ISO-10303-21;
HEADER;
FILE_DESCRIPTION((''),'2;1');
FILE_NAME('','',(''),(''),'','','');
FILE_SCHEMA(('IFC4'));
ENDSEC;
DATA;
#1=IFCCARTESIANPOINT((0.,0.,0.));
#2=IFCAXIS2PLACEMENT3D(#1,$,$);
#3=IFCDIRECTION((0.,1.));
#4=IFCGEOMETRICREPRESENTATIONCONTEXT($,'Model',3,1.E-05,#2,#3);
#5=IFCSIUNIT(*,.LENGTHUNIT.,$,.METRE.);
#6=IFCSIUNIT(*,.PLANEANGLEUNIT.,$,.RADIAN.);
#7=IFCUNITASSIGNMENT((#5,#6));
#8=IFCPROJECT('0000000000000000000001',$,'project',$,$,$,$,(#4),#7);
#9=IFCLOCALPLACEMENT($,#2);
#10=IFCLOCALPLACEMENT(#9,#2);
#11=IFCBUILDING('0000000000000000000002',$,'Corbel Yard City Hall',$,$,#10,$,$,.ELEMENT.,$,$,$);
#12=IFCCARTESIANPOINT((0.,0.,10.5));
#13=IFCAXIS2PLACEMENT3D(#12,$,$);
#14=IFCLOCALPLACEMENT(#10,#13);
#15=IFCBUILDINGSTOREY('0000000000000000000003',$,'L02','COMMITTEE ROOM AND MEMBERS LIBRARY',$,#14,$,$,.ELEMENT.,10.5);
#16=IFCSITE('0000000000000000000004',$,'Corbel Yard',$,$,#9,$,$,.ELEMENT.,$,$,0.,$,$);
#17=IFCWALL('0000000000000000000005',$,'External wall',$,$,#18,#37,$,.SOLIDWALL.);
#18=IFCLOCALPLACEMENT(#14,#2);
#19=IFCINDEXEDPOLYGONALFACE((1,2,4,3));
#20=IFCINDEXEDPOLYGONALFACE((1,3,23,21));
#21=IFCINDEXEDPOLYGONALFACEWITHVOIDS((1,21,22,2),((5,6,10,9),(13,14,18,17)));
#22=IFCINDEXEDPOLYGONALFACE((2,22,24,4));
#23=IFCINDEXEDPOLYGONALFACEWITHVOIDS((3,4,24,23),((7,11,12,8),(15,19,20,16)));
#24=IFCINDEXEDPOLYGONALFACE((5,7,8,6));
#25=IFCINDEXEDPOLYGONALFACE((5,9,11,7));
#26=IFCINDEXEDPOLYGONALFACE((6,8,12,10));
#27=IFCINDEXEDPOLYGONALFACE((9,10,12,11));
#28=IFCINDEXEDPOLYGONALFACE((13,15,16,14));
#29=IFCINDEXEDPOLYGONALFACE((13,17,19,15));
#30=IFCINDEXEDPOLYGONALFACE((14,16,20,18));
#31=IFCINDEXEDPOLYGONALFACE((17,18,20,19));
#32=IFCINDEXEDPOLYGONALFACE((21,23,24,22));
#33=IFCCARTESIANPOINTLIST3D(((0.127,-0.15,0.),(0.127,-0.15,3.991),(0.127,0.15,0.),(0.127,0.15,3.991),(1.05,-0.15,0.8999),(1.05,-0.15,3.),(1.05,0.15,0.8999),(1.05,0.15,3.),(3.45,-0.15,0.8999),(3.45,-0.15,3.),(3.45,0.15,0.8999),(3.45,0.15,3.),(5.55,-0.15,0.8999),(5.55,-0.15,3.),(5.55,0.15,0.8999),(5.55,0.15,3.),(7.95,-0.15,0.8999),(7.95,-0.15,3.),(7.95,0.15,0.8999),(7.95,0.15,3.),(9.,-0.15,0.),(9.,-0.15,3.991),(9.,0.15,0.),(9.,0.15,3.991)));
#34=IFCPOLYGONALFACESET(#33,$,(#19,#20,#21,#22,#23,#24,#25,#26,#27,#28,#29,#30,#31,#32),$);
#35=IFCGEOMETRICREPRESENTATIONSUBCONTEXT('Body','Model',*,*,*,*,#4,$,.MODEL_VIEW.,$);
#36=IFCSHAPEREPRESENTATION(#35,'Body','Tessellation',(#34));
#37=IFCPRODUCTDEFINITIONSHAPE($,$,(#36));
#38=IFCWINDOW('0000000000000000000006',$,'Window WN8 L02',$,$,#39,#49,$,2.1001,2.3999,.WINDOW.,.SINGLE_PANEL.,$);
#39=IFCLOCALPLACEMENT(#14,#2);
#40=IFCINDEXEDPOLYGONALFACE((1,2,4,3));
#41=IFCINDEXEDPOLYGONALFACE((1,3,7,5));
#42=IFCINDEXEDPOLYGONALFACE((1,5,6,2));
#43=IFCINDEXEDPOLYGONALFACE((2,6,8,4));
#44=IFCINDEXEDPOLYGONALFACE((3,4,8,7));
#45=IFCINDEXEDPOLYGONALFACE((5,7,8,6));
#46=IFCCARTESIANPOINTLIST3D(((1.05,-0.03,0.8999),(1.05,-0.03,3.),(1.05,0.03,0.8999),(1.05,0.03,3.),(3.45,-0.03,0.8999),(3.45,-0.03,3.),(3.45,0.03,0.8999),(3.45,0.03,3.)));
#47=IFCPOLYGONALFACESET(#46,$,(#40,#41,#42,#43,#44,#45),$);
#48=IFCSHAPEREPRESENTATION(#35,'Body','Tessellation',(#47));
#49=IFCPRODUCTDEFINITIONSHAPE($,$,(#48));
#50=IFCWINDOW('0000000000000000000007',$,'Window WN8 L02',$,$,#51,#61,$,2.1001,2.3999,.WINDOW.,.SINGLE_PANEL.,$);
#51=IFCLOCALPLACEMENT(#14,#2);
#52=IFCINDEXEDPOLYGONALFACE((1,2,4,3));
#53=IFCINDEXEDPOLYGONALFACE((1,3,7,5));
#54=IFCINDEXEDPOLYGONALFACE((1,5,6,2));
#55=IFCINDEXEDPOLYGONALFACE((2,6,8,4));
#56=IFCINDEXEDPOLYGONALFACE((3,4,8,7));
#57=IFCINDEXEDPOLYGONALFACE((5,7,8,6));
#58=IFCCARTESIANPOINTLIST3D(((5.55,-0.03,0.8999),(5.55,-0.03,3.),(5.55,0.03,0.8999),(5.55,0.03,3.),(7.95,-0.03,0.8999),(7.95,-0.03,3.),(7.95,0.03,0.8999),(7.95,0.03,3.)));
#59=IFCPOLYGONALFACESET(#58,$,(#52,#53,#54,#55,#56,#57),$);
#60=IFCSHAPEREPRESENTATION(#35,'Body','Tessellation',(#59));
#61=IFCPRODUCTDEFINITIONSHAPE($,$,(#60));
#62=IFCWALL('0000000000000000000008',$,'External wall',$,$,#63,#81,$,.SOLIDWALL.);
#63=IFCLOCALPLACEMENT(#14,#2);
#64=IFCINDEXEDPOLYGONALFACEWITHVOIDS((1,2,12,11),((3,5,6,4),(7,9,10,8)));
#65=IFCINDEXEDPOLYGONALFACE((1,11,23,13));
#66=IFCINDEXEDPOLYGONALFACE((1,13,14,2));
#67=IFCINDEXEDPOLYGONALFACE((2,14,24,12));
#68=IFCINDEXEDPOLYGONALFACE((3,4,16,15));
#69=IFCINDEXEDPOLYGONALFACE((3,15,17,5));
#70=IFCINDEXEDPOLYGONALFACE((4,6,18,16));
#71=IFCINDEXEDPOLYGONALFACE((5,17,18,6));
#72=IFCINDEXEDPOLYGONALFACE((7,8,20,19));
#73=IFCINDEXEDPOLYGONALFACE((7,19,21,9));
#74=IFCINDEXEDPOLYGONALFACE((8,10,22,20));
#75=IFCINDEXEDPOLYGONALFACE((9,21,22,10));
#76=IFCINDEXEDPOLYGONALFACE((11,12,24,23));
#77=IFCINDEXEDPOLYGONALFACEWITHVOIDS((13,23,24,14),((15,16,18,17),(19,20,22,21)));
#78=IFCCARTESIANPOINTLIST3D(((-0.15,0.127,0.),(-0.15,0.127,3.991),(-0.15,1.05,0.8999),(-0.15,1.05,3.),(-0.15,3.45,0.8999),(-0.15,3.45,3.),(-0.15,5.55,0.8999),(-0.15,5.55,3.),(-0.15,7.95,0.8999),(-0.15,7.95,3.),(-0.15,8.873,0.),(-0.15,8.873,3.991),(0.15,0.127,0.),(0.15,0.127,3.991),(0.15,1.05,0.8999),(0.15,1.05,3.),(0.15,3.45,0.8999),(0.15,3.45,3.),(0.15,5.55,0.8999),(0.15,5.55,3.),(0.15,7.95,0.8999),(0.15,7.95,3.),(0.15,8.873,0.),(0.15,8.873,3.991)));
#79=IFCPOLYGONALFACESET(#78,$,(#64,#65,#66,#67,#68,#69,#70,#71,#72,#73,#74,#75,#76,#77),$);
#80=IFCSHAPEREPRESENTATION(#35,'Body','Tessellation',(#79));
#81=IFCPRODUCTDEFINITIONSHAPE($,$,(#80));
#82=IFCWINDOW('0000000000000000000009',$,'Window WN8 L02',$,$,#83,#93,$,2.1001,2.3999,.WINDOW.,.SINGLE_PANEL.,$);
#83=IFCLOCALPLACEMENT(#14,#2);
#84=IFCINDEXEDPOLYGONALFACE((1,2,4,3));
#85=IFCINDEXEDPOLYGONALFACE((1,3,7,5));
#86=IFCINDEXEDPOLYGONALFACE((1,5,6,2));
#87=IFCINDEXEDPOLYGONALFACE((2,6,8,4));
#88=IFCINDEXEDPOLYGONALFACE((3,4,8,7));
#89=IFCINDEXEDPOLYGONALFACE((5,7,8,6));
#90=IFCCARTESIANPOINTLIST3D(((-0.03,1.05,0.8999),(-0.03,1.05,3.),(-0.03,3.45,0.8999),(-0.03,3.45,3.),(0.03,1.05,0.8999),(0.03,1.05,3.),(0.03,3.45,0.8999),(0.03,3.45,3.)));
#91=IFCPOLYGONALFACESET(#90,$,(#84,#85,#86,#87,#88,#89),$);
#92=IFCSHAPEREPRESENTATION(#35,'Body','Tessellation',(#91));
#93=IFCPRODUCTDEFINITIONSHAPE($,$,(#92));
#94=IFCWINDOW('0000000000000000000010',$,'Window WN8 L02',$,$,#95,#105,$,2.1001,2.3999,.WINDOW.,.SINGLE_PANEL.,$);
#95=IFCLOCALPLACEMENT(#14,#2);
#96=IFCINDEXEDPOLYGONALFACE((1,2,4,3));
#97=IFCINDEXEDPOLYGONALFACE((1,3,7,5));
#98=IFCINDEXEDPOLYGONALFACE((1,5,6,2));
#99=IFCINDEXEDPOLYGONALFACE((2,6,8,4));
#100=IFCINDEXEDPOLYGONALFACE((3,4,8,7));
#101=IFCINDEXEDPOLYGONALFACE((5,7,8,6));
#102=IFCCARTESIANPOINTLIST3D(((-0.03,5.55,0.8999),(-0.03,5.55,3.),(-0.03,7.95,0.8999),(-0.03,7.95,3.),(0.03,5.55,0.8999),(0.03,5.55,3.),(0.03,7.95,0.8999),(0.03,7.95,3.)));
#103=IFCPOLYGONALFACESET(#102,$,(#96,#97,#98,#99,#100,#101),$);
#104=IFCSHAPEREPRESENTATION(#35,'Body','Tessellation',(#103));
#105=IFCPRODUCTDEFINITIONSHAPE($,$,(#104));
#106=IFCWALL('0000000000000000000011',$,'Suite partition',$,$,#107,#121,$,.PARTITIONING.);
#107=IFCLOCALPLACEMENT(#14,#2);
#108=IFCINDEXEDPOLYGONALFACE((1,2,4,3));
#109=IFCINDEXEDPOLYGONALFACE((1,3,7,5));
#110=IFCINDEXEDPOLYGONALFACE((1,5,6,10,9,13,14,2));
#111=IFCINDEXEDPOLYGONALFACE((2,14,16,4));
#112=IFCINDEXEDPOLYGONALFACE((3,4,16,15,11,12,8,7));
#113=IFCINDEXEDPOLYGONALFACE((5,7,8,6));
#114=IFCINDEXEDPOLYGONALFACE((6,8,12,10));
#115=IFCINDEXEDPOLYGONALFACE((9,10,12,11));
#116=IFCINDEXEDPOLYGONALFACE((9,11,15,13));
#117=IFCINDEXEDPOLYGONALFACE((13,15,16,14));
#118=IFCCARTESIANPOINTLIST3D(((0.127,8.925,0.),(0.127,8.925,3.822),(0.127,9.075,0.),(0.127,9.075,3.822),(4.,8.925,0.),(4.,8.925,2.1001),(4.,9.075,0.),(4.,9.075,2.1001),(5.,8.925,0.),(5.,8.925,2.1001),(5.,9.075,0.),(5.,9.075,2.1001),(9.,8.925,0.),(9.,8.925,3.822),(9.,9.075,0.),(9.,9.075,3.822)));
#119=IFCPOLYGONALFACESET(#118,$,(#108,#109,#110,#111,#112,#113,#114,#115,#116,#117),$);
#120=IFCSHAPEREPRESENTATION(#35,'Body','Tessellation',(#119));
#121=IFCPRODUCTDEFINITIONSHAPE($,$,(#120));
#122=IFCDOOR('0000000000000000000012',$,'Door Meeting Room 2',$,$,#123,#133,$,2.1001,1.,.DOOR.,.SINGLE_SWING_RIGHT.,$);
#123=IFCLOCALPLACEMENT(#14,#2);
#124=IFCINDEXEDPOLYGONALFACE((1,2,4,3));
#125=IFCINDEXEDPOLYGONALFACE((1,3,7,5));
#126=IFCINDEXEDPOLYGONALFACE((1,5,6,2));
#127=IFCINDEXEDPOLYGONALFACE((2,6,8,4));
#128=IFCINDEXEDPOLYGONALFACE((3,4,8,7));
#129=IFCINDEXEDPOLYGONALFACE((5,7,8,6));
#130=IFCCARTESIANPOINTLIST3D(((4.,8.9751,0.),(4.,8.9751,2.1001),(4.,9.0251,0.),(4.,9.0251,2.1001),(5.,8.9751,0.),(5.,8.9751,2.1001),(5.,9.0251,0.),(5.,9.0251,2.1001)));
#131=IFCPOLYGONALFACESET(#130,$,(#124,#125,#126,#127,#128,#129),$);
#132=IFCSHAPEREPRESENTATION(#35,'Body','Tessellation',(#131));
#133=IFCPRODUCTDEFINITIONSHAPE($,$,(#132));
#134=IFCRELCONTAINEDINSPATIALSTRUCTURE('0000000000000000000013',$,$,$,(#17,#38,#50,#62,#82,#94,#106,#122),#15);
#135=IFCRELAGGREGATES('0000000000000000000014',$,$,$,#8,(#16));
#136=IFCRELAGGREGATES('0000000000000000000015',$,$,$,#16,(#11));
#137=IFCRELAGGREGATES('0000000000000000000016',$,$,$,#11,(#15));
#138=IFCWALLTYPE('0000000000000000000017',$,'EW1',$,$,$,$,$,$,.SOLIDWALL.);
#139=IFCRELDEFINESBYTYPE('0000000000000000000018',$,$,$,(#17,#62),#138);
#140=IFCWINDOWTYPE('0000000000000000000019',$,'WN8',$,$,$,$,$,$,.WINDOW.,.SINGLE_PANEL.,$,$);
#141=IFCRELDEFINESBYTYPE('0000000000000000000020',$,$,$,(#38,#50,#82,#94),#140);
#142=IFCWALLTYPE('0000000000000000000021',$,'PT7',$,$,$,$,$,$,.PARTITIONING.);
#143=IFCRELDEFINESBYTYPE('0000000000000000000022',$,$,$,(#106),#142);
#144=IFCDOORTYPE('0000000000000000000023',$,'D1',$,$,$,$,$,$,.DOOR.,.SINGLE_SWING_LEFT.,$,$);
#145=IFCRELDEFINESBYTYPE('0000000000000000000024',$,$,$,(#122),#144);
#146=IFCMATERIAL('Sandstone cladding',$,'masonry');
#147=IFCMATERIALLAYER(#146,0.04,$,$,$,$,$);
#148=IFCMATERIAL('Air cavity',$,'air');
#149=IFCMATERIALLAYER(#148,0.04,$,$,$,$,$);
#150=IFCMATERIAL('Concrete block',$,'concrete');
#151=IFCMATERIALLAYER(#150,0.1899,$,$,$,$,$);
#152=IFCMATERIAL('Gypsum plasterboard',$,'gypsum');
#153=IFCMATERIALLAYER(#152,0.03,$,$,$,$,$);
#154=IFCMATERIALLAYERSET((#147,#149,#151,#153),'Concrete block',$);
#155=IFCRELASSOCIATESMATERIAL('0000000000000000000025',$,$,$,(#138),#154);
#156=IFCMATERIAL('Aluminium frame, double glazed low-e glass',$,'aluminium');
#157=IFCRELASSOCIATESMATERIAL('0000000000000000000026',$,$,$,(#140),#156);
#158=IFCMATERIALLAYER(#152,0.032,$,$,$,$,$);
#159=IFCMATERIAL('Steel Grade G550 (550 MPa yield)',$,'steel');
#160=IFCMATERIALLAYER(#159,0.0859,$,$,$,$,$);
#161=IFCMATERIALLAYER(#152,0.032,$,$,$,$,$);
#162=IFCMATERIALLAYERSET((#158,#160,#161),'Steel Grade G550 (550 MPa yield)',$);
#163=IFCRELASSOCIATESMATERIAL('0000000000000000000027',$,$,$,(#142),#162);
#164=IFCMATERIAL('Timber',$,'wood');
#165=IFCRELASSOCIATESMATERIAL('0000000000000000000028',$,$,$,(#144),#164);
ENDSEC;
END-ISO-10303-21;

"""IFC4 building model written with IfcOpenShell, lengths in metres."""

from ifc_helpers import new_model, si_unit, direction, frame, frame_2d, origin, place, context, subcontext, project, spatial, rectangle, extrude, material, layer, layer_set, type_object, element, fill, save


model = new_model("IFC4")

# Units and contexts
model_context = context("Model", 3, precision=1e-05, world=origin(), true_north=direction((0.0, 1.0)))
body_context = subcontext(model_context, "Body", "Model", "MODEL_VIEW")
ifc_project = project(units=[si_unit("LENGTHUNIT", "METRE"), si_unit("PLANEANGLEUNIT", "RADIAN")], contexts=[model_context])

# Site, building, storey
site_placement = place(None, origin())
site = spatial("IfcSite", under=ifc_project, at=site_placement, Name="Corbel Yard", CompositionType="ELEMENT", RefElevation=0.0)
building_placement = place(site_placement, origin())
building = spatial("IfcBuilding", under=site, at=building_placement, Name="Corbel Yard City Hall", CompositionType="ELEMENT")
storey_placement = place(building_placement, frame((0.0, 0.0, 10.5)))
storey = spatial("IfcBuildingStorey", under=building, at=storey_placement, Name="L02", Description="COMMITTEE ROOM AND MEMBERS LIBRARY", CompositionType="ELEMENT", Elevation=10.5)

# Walls, openings, windows
ifc_material_1 = material(Name="Sandstone cladding", Category="masonry")
ifc_layer_1 = layer(ifc_material_1, 0.04)
ifc_material_2 = material(Name="Air cavity", Category="air")
ifc_layer_2 = layer(ifc_material_2, 0.04)
ifc_material_3 = material(Name="Concrete block", Category="concrete")
ifc_layer_3 = layer(ifc_material_3, 0.1899)
ifc_material_4 = material(Name="Gypsum plasterboard", Category="gypsum")
ifc_layer_4 = layer(ifc_material_4, 0.03)
ifc_layer_set_1 = layer_set([ifc_layer_1, ifc_layer_2, ifc_layer_3, ifc_layer_4], Name="Concrete block")
wall_type_1 = type_object("IfcWallType", Name="EW1", PredefinedType="SOLIDWALL", material=ifc_layer_set_1)
wall_1_placement = place(storey_placement, frame((0.127, 0.0, 0.0), z_axis=(0.0, 0.0, 1.0), x_axis=(1.0, 0.0, 0.0)))
wall_1 = element("IfcWall", 1, at=wall_1_placement, inside=storey, type_object=wall_type_1, Name="External wall", PredefinedType="SOLIDWALL", context=body_context, shape_type="SweptSolid", body=[
    extrude(rectangle(XDim=8.873, YDim=0.3, at=frame_2d((4.4365, 0.0))), origin(), (0.0, 0.0, 1.0), 3.991),
])
opening_1_placement = place(wall_1_placement, frame((0.9231, 0.0, 0.8999)))
opening_1 = element("IfcOpeningElement", 2, at=opening_1_placement, cuts=wall_1, PredefinedType="OPENING", context=body_context, shape_type="SweptSolid", body=[
    extrude(rectangle(XDim=2.3999, YDim=2.1001, at=frame_2d((1.2, 1.05))), frame((0.0, 0.1599, 0.0), z_axis=(0.0, -1.0, 0.0), x_axis=(1.0, 0.0, 0.0)), (0.0, 0.0, 1.0), 0.3201),
])
opening_2_placement = place(wall_1_placement, frame((5.4231, 0.0, 0.8999)))
opening_2 = element("IfcOpeningElement", 3, at=opening_2_placement, cuts=wall_1, PredefinedType="OPENING", context=body_context, shape_type="SweptSolid", body=[
    extrude(rectangle(XDim=2.3999, YDim=2.1001, at=frame_2d((1.2, 1.05))), frame((0.0, 0.1599, 0.0), z_axis=(0.0, -1.0, 0.0), x_axis=(1.0, 0.0, 0.0)), (0.0, 0.0, 1.0), 0.3201),
])
ifc_material_5 = material(Name="Aluminium frame, double glazed low-e glass", Category="aluminium")
window_type = type_object("IfcWindowType", Name="WN8", PartitioningType="SINGLE_PANEL", PredefinedType="WINDOW", material=ifc_material_5)
window_1_placement = place(opening_1_placement, origin())
window_1 = element("IfcWindow", 4, at=window_1_placement, inside=storey, type_object=window_type, Name="Window WN8 L02", OverallHeight=2.1001, OverallWidth=2.3999, PartitioningType="SINGLE_PANEL", PredefinedType="WINDOW", context=body_context, shape_type="SweptSolid", body=[
    extrude(rectangle(XDim=2.3999, YDim=2.1001, at=frame_2d((1.2, 1.05))), frame((0.0, 0.03, 0.0), z_axis=(0.0, -1.0, 0.0), x_axis=(1.0, 0.0, 0.0)), (0.0, 0.0, 1.0), 0.0601),
])
fill(opening_1, window_1)
window_2_placement = place(opening_2_placement, origin())
window_2 = element("IfcWindow", 5, at=window_2_placement, inside=storey, type_object=window_type, Name="Window WN8 L02", OverallHeight=2.1001, OverallWidth=2.3999, PartitioningType="SINGLE_PANEL", PredefinedType="WINDOW", context=body_context, shape_type="SweptSolid", body=[
    extrude(rectangle(XDim=2.3999, YDim=2.1001, at=frame_2d((1.2, 1.05))), frame((0.0, 0.03, 0.0), z_axis=(0.0, -1.0, 0.0), x_axis=(1.0, 0.0, 0.0)), (0.0, 0.0, 1.0), 0.0601),
])
fill(opening_2, window_2)
wall_2_placement = place(storey_placement, frame((0.0, 0.127, 0.0), z_axis=(0.0, 0.0, 1.0), x_axis=(0.0, 1.0, 0.0)))
wall_2 = element("IfcWall", 6, at=wall_2_placement, inside=storey, type_object=wall_type_1, Name="External wall", PredefinedType="SOLIDWALL", context=body_context, shape_type="SweptSolid", body=[
    extrude(rectangle(XDim=8.7461, YDim=0.3, at=frame_2d((4.373, 0.0))), origin(), (0.0, 0.0, 1.0), 3.991),
])
opening_3_placement = place(wall_2_placement, frame((0.9231, 0.0, 0.8999)))
opening_3 = element("IfcOpeningElement", 7, at=opening_3_placement, cuts=wall_2, PredefinedType="OPENING", context=body_context, shape_type="SweptSolid", body=[
    extrude(rectangle(XDim=2.3999, YDim=2.1001, at=frame_2d((1.2, 1.05))), frame((0.0, 0.1599, 0.0), z_axis=(0.0, -1.0, 0.0), x_axis=(1.0, 0.0, 0.0)), (0.0, 0.0, 1.0), 0.3201),
])
opening_4_placement = place(wall_2_placement, frame((5.4231, 0.0, 0.8999)))
opening_4 = element("IfcOpeningElement", 8, at=opening_4_placement, cuts=wall_2, PredefinedType="OPENING", context=body_context, shape_type="SweptSolid", body=[
    extrude(rectangle(XDim=2.3999, YDim=2.1001, at=frame_2d((1.2, 1.05))), frame((0.0, 0.1599, 0.0), z_axis=(0.0, -1.0, 0.0), x_axis=(1.0, 0.0, 0.0)), (0.0, 0.0, 1.0), 0.3201),
])
window_3_placement = place(opening_3_placement, origin())
window_3 = element("IfcWindow", 9, at=window_3_placement, inside=storey, type_object=window_type, Name="Window WN8 L02", OverallHeight=2.1001, OverallWidth=2.3999, PartitioningType="SINGLE_PANEL", PredefinedType="WINDOW", context=body_context, shape_type="SweptSolid", body=[
    extrude(rectangle(XDim=2.3999, YDim=2.1001, at=frame_2d((1.2, 1.05))), frame((0.0, 0.03, 0.0), z_axis=(0.0, -1.0, 0.0), x_axis=(1.0, 0.0, 0.0)), (0.0, 0.0, 1.0), 0.0601),
])
fill(opening_3, window_3)
window_4_placement = place(opening_4_placement, origin())
window_4 = element("IfcWindow", 10, at=window_4_placement, inside=storey, type_object=window_type, Name="Window WN8 L02", OverallHeight=2.1001, OverallWidth=2.3999, PartitioningType="SINGLE_PANEL", PredefinedType="WINDOW", context=body_context, shape_type="SweptSolid", body=[
    extrude(rectangle(XDim=2.3999, YDim=2.1001, at=frame_2d((1.2, 1.05))), frame((0.0, 0.03, 0.0), z_axis=(0.0, -1.0, 0.0), x_axis=(1.0, 0.0, 0.0)), (0.0, 0.0, 1.0), 0.0601),
])
fill(opening_4, window_4)

# Wall, opening, door
ifc_layer_5 = layer(ifc_material_4, 0.032)
ifc_material_6 = material(Name="Steel Grade G550 (550 MPa yield)", Category="steel")
ifc_layer_6 = layer(ifc_material_6, 0.0859)
ifc_layer_7 = layer(ifc_material_4, 0.032)
ifc_layer_set_2 = layer_set([ifc_layer_5, ifc_layer_6, ifc_layer_7], Name="Steel Grade G550 (550 MPa yield)")
wall_type_2 = type_object("IfcWallType", Name="PT7", PredefinedType="PARTITIONING", material=ifc_layer_set_2)
wall_3_placement = place(storey_placement, frame((0.127, 9.0, 0.0), z_axis=(0.0, 0.0, 1.0), x_axis=(1.0, 0.0, 0.0)))
wall_3 = element("IfcWall", 11, at=wall_3_placement, inside=storey, type_object=wall_type_2, Name="Suite partition", PredefinedType="PARTITIONING", context=body_context, shape_type="SweptSolid", body=[
    extrude(rectangle(XDim=8.873, YDim=0.1499, at=frame_2d((4.4365, 0.0))), origin(), (0.0, 0.0, 1.0), 3.822),
])
opening_5_placement = place(wall_3_placement, frame((3.873, 0.0, 0.0)))
opening_5 = element("IfcOpeningElement", 12, at=opening_5_placement, cuts=wall_3, PredefinedType="OPENING", context=body_context, shape_type="SweptSolid", body=[
    extrude(rectangle(XDim=1.0, YDim=2.1001, at=frame_2d((0.5, 1.05))), frame((0.0, 0.085, 0.0), z_axis=(0.0, -1.0, 0.0), x_axis=(1.0, 0.0, 0.0)), (0.0, 0.0, 1.0), 0.1699),
])
ifc_material_7 = material(Name="Timber", Category="wood")
door_type = type_object("IfcDoorType", Name="D1", OperationType="SINGLE_SWING_LEFT", PredefinedType="DOOR", material=ifc_material_7)
door_placement = place(opening_5_placement, frame((1.0, 0.0, 0.0), z_axis=(0.0, 0.0, 1.0), x_axis=(-1.0, 0.0, 0.0)))
door = element("IfcDoor", 13, at=door_placement, inside=storey, type_object=door_type, Name="Door Meeting Room 2", OperationType="SINGLE_SWING_RIGHT", OverallHeight=2.1001, OverallWidth=1.0, PredefinedType="DOOR", context=body_context, shape_type="SweptSolid", body=[
    extrude(rectangle(XDim=1.0, YDim=2.1001, at=frame_2d((0.5, 1.05))), frame((0.0, 0.0249, 0.0), z_axis=(0.0, -1.0, 0.0), x_axis=(1.0, 0.0, 0.0)), (0.0, 0.0, 1.0), 0.05),
])
fill(opening_5, door)

save(model, "model.ifc")
